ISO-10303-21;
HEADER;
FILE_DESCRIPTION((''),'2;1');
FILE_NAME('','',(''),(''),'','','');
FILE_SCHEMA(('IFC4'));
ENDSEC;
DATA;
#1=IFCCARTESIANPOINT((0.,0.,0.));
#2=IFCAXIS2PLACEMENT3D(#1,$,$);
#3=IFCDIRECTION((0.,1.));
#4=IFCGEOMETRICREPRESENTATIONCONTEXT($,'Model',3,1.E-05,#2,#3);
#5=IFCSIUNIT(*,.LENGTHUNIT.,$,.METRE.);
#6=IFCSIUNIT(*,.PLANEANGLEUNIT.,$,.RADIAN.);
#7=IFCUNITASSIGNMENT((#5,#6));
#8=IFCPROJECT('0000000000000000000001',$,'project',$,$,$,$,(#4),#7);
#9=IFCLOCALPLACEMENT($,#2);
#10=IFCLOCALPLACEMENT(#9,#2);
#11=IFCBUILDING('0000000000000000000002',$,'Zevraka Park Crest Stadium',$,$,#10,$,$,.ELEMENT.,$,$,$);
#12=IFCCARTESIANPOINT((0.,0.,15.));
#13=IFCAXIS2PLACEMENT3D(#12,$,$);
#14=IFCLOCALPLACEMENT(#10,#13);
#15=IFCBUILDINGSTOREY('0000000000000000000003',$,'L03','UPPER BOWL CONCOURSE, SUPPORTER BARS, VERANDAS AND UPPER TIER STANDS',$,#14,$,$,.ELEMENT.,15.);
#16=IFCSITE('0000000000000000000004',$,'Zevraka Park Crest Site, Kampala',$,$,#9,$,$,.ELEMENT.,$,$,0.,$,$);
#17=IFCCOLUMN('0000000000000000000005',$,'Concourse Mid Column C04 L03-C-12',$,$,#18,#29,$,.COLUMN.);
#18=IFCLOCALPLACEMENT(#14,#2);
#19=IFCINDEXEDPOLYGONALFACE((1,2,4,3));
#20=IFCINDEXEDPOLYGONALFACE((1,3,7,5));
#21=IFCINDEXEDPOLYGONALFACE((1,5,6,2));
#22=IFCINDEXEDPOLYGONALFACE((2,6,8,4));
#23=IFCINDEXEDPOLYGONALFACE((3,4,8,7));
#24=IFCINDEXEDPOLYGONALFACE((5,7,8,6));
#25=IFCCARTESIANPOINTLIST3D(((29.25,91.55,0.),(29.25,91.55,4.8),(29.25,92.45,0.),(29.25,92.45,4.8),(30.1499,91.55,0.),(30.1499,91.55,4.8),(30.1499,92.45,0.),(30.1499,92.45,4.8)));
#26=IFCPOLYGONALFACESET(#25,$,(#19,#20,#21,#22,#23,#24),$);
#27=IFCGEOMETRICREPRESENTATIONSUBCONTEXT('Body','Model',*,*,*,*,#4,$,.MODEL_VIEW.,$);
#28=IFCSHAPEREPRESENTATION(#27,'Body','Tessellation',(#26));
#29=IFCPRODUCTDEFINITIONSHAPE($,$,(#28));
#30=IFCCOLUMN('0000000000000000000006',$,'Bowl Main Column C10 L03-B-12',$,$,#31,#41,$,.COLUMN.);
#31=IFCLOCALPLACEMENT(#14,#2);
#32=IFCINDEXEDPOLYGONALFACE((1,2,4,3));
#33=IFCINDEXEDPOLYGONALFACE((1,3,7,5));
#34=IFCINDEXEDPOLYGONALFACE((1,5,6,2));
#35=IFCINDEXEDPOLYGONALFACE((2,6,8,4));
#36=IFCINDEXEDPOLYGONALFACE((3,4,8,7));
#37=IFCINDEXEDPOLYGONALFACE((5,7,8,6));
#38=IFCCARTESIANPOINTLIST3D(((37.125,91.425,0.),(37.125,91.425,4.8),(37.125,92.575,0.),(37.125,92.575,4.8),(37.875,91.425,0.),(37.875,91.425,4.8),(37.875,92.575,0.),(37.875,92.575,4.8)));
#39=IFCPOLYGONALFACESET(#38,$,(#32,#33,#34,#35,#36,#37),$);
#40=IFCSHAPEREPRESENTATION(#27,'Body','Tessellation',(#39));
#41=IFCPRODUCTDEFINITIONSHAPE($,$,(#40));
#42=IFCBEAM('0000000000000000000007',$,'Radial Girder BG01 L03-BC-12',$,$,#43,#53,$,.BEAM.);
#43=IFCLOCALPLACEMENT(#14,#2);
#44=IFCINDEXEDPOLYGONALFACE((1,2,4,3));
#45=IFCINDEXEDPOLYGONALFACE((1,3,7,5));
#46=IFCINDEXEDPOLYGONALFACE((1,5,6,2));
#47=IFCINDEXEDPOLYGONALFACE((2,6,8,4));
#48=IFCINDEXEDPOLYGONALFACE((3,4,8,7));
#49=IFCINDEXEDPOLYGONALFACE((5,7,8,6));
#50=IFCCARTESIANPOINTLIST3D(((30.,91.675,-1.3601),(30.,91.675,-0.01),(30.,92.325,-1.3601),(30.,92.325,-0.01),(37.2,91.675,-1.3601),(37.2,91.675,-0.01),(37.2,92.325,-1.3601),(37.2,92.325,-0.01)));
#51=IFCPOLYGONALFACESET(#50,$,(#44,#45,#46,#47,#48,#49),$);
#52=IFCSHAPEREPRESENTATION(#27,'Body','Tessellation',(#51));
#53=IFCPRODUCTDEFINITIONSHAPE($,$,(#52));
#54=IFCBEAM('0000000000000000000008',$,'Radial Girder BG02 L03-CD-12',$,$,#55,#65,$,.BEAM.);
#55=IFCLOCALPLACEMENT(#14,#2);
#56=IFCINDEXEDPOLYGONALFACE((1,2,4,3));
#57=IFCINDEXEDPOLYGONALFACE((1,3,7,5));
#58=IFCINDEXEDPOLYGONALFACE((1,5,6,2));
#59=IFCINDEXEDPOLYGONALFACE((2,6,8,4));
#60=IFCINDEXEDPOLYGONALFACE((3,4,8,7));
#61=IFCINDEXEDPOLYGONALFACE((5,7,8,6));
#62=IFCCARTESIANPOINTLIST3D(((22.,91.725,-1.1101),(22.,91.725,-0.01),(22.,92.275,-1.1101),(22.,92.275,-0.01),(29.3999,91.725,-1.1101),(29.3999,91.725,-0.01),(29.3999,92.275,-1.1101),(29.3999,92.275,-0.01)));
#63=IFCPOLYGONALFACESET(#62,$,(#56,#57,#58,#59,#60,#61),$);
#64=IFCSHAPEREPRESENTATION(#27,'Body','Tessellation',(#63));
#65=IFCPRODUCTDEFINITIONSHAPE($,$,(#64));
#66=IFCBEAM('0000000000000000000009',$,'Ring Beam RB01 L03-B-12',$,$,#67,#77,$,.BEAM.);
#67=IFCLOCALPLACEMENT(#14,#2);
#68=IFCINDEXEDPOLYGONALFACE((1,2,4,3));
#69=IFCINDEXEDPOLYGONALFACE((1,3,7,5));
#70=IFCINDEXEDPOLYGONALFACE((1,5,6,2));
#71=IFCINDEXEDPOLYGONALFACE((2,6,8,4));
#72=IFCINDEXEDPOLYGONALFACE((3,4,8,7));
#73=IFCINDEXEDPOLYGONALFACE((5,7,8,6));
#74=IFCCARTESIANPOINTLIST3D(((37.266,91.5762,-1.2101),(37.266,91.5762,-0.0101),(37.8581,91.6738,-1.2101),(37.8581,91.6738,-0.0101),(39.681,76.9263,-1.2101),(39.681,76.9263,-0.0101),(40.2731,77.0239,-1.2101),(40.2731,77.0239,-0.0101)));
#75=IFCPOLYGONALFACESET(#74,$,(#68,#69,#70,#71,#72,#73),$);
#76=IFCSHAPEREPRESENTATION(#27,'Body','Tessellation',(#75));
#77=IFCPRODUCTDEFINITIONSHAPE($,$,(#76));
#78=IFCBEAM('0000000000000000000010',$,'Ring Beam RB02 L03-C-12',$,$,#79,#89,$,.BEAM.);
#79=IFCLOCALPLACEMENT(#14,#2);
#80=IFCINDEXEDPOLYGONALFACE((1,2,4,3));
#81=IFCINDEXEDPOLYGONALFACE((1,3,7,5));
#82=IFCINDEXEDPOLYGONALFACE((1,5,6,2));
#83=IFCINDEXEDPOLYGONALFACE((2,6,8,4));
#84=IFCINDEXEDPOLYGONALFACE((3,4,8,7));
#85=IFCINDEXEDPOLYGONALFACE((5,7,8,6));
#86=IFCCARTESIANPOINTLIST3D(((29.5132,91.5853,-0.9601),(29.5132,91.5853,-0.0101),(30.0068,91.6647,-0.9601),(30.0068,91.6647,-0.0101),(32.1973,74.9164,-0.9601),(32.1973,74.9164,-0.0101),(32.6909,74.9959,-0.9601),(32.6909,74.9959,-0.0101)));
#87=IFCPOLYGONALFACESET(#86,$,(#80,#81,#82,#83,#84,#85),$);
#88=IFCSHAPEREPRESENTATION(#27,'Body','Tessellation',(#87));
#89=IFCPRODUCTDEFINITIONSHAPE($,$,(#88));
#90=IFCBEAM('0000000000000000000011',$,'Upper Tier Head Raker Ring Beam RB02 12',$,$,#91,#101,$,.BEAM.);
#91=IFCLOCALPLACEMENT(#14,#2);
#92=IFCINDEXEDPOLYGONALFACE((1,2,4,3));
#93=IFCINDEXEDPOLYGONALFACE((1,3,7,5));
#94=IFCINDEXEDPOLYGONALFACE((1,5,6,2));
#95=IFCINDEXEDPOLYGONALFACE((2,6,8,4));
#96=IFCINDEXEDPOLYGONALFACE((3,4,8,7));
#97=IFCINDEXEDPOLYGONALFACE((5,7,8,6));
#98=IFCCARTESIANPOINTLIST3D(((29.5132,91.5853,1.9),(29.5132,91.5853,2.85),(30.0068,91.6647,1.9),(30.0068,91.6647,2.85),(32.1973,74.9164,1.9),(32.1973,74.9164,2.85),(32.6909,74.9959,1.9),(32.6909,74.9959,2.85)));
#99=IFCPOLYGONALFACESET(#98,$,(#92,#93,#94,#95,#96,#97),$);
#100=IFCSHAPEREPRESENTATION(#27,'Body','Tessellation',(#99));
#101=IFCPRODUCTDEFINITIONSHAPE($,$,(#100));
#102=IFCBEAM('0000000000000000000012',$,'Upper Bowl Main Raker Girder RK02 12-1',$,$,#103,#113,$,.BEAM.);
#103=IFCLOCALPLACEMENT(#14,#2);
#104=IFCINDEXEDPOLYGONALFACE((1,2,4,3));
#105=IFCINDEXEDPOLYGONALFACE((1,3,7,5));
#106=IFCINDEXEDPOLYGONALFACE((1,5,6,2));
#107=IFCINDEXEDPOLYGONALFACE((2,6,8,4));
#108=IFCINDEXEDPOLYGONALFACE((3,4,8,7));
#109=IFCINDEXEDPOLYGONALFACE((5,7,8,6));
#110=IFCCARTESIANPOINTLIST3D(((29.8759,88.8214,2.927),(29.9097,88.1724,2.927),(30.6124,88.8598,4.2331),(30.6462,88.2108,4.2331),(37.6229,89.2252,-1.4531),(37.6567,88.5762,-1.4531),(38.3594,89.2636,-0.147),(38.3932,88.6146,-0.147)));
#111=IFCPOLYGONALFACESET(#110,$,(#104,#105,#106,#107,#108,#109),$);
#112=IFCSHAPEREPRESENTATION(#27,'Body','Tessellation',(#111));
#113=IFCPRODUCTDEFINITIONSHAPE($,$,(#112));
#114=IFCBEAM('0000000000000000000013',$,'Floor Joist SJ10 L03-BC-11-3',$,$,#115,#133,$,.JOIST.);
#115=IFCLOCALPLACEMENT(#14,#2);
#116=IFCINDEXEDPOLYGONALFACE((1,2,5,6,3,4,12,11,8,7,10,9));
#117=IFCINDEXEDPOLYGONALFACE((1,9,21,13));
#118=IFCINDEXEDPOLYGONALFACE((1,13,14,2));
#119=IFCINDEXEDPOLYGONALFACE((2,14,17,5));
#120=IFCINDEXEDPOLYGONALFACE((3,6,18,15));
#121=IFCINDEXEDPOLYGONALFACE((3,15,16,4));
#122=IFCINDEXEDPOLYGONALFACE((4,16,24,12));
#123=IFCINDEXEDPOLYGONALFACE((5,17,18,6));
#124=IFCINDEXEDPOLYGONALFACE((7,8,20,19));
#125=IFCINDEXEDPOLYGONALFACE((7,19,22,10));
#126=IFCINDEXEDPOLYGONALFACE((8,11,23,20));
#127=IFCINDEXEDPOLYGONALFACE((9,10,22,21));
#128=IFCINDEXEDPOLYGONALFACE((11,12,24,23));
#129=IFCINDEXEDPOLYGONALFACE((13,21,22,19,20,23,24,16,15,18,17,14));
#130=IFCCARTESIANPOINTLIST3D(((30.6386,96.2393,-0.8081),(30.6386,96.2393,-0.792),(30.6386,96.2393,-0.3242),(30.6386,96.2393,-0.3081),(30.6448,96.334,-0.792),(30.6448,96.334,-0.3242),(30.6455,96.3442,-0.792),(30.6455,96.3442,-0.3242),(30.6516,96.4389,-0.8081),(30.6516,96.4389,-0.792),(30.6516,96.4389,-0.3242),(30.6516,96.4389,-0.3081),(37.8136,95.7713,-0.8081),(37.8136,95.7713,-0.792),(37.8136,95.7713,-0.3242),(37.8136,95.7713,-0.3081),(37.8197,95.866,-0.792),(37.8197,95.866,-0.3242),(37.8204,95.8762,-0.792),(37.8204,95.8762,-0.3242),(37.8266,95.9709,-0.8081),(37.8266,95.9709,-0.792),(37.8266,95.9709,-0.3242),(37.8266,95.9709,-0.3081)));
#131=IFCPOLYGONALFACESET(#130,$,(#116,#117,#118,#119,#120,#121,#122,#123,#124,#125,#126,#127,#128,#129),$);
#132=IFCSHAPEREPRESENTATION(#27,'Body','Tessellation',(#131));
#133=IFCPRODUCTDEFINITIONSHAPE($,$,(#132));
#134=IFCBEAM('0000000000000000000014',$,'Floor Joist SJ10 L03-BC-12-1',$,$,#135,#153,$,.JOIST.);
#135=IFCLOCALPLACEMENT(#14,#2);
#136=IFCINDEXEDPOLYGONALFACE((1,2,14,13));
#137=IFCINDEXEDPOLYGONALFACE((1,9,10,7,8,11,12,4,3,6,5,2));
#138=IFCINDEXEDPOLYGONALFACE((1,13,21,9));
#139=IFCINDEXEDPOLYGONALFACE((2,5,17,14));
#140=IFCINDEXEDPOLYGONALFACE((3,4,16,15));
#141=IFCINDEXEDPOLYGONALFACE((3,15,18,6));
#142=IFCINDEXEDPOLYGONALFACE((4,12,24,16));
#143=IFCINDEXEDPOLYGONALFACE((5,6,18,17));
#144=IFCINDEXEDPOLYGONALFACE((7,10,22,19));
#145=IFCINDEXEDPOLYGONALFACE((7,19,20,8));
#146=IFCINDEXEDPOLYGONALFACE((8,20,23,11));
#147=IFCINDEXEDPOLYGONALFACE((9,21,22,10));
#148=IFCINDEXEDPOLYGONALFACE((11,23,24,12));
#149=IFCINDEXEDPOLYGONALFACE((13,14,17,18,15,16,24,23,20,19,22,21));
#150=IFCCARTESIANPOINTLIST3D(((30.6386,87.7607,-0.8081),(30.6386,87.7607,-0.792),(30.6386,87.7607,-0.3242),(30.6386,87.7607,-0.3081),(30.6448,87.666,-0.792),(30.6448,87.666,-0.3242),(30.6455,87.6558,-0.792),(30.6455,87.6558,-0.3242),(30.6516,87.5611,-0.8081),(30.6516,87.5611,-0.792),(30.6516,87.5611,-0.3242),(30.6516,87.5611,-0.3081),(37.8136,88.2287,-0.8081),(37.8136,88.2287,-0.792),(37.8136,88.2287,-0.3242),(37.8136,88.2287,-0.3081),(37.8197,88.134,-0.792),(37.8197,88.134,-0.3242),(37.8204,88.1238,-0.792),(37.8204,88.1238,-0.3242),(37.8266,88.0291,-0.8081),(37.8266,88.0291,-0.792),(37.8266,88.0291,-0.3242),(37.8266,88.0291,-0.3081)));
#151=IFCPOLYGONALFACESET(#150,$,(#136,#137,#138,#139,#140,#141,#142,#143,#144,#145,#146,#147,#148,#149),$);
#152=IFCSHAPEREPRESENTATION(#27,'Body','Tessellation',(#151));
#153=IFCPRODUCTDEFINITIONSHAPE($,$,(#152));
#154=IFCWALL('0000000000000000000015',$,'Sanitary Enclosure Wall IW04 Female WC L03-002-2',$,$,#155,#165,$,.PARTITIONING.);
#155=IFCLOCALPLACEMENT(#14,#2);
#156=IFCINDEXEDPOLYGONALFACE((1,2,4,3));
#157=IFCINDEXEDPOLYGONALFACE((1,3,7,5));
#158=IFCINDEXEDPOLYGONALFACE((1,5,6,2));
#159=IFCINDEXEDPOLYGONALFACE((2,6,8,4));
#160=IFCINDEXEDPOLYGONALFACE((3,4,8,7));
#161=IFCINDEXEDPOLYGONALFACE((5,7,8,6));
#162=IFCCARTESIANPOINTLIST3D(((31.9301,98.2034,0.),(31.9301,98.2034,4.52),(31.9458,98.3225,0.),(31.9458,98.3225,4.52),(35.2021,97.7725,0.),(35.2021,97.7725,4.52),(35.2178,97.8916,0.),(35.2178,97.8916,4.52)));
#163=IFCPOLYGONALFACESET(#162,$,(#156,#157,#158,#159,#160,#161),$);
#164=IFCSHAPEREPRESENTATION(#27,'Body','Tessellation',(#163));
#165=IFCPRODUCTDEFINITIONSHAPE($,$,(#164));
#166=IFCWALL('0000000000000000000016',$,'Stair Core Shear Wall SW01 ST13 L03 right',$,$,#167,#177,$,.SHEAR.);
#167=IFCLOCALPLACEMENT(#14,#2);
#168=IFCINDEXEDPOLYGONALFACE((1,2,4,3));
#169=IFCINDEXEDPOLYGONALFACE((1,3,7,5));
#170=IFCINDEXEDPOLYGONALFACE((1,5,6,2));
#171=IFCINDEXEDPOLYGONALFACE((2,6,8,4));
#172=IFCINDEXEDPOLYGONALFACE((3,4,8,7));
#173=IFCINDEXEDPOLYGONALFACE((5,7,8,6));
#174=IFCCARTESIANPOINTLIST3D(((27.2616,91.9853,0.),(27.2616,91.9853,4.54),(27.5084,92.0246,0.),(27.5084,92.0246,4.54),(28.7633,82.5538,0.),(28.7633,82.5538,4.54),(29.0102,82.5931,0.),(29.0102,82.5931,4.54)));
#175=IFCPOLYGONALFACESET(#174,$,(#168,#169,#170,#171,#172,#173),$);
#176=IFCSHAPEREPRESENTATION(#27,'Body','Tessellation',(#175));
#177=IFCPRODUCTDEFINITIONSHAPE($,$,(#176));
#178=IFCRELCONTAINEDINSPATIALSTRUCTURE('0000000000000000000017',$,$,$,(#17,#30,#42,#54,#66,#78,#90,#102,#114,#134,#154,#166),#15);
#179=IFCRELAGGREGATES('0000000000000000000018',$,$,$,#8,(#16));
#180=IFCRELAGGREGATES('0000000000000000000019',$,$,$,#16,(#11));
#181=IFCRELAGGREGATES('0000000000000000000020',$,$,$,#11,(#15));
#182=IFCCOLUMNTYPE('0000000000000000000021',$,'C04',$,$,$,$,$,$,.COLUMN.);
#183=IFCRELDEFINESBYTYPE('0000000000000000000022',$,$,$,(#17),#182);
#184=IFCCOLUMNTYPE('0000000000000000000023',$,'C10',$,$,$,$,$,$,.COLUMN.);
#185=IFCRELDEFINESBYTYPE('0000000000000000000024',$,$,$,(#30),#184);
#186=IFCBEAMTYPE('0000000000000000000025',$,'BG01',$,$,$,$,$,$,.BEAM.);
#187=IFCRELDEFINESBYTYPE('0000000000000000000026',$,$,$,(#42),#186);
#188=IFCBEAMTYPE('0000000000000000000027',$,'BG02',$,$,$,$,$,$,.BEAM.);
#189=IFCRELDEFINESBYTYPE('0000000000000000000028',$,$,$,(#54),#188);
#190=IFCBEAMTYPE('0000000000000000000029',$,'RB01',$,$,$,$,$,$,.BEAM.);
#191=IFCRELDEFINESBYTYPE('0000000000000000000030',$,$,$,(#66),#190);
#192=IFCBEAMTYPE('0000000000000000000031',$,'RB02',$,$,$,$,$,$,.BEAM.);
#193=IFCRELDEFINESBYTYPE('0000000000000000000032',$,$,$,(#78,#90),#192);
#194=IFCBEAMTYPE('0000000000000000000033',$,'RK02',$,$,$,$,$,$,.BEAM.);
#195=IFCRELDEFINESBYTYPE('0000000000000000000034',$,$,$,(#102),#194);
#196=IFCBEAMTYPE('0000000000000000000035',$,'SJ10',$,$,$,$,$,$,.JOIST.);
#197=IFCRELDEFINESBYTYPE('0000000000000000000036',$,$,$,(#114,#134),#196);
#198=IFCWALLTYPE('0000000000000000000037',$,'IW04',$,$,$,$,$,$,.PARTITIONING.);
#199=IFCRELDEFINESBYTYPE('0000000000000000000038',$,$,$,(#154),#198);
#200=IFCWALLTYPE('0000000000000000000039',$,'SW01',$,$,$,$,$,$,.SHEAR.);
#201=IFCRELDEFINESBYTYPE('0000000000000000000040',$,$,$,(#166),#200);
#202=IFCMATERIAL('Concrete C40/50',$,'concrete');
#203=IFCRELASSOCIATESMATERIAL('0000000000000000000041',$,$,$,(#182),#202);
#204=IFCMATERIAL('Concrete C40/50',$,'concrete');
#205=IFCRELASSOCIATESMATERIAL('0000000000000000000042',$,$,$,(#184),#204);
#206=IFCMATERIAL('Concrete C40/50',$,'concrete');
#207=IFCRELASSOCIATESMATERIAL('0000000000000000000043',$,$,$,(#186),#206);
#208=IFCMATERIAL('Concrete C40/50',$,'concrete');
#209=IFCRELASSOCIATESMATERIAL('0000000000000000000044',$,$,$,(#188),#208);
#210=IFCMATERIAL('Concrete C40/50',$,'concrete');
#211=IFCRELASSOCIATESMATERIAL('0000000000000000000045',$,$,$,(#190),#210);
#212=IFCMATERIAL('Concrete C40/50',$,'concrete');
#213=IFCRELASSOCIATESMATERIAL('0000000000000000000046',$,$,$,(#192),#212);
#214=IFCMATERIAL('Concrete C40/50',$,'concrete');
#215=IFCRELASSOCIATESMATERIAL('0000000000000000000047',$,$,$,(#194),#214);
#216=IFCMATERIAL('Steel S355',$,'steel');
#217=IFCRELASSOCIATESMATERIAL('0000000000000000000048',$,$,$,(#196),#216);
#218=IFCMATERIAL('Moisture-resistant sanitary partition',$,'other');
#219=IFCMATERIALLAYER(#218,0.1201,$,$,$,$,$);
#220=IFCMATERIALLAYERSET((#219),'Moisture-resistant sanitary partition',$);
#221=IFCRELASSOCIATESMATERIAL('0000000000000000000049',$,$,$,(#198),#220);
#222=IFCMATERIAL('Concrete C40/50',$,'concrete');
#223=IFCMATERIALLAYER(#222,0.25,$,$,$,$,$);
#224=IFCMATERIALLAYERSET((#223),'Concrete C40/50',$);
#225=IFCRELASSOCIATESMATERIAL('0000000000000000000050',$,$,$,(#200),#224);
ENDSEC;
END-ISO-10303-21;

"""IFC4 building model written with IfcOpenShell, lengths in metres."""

from ifc_helpers import new_model, si_unit, direction, frame, frame_2d, origin, origin_2d, place, context, subcontext, project, spatial, rectangle, i_section, extrude, material, layer, layer_set, material_profile, profile_set, type_object, element, save


model = new_model("IFC4")

# Units and contexts
model_context = context("Model", 3, precision=1e-05, world=origin(), true_north=direction((0.0, 1.0)))
body_context = subcontext(model_context, "Body", "Model", "MODEL_VIEW")
ifc_project = project(units=[si_unit("LENGTHUNIT", "METRE"), si_unit("PLANEANGLEUNIT", "RADIAN")], contexts=[model_context])

# Site, building, storey
site_placement = place(None, origin())
site = spatial("IfcSite", under=ifc_project, at=site_placement, Name="Zevraka Park Crest Site, Kampala", CompositionType="ELEMENT", RefElevation=0.0)
building_placement = place(site_placement, origin())
building = spatial("IfcBuilding", under=site, at=building_placement, Name="Zevraka Park Crest Stadium", CompositionType="ELEMENT")
storey_placement = place(building_placement, frame((0.0, 0.0, 15.0)))
storey = spatial("IfcBuildingStorey", under=building, at=storey_placement, Name="L03", Description="UPPER BOWL CONCOURSE, SUPPORTER BARS, VERANDAS AND UPPER TIER STANDS", CompositionType="ELEMENT", Elevation=15.0)

# Columns
ifc_material_1 = material(Name="Concrete C40/50", Category="concrete")
ifc_material_profile_1 = material_profile(ifc_material_1, rectangle(XDim=0.8999, YDim=0.8999, at=origin_2d()), Name="RC 900x900")
ifc_profile_set_1 = profile_set([ifc_material_profile_1], Name="Concrete C40/50")
column_type_1 = type_object("IfcColumnType", Name="C04", PredefinedType="COLUMN", material=ifc_profile_set_1)
column_1_placement = place(storey_placement, frame((29.7, 92.0, 0.0), z_axis=(0.0, 0.0, 1.0), x_axis=(1.0, 0.0, 0.0)))
element("IfcColumn", 1, at=column_1_placement, inside=storey, type_object=column_type_1, Name="Concourse Mid Column C04 L03-C-12", PredefinedType="COLUMN", context=body_context, shape_type="SweptSolid", body=[
    extrude(rectangle(XDim=0.8999, YDim=0.8999, at=origin_2d()), origin(), (0.0, 0.0, 1.0), 4.8),
])
ifc_material_2 = material(Name="Concrete C40/50", Category="concrete")
ifc_material_profile_2 = material_profile(ifc_material_2, rectangle(XDim=0.75, YDim=1.1499, at=origin_2d()), Name="RC 1150x750")
ifc_profile_set_2 = profile_set([ifc_material_profile_2], Name="Concrete C40/50")
column_type_2 = type_object("IfcColumnType", Name="C10", PredefinedType="COLUMN", material=ifc_profile_set_2)
column_2_placement = place(storey_placement, frame((37.5, 92.0, 0.0), z_axis=(0.0, 0.0, 1.0), x_axis=(1.0, 0.0, 0.0)))
element("IfcColumn", 2, at=column_2_placement, inside=storey, type_object=column_type_2, Name="Bowl Main Column C10 L03-B-12", PredefinedType="COLUMN", context=body_context, shape_type="SweptSolid", body=[
    extrude(rectangle(XDim=0.75, YDim=1.1499, at=origin_2d()), origin(), (0.0, 0.0, 1.0), 4.8),
])

# Beams
ifc_material_3 = material(Name="Concrete C40/50", Category="concrete")
ifc_material_profile_3 = material_profile(ifc_material_3, rectangle(XDim=0.6499, YDim=1.3501, at=origin_2d()), Name="RC 1350x650")
ifc_profile_set_3 = profile_set([ifc_material_profile_3], Name="Concrete C40/50")
beam_type_1 = type_object("IfcBeamType", Name="BG01", PredefinedType="BEAM", material=ifc_profile_set_3)
beam_1_placement = place(storey_placement, frame((37.2, 92.0, -0.6851), z_axis=(-1.0, 0.0, 0.0), x_axis=(0.0, -1.0, 0.0)))
element("IfcBeam", 3, at=beam_1_placement, inside=storey, type_object=beam_type_1, Name="Radial Girder BG01 L03-BC-12", PredefinedType="BEAM", context=body_context, shape_type="SweptSolid", body=[
    extrude(rectangle(XDim=0.6499, YDim=1.3501, at=origin_2d()), origin(), (0.0, 0.0, 1.0), 7.2),
])
ifc_material_4 = material(Name="Concrete C40/50", Category="concrete")
ifc_material_profile_4 = material_profile(ifc_material_4, rectangle(XDim=0.55, YDim=1.1001, at=origin_2d()), Name="RC 1100x550")
ifc_profile_set_4 = profile_set([ifc_material_profile_4], Name="Concrete C40/50")
beam_type_2 = type_object("IfcBeamType", Name="BG02", PredefinedType="BEAM", material=ifc_profile_set_4)
beam_2_placement = place(storey_placement, frame((29.3999, 92.0, -0.5601), z_axis=(-1.0, 0.0, 0.0), x_axis=(0.0, -1.0, 0.0)))
element("IfcBeam", 4, at=beam_2_placement, inside=storey, type_object=beam_type_2, Name="Radial Girder BG02 L03-CD-12", PredefinedType="BEAM", context=body_context, shape_type="SweptSolid", body=[
    extrude(rectangle(XDim=0.55, YDim=1.1001, at=origin_2d()), origin(), (0.0, 0.0, 1.0), 7.3999),
])
ifc_material_5 = material(Name="Concrete C40/50", Category="concrete")
ifc_material_profile_5 = material_profile(ifc_material_5, rectangle(XDim=0.6001, YDim=1.2, at=origin_2d()), Name="RC 1200x600")
ifc_profile_set_5 = profile_set([ifc_material_profile_5], Name="Concrete C40/50")
beam_type_3 = type_object("IfcBeamType", Name="RB01", PredefinedType="BEAM", material=ifc_profile_set_5)
beam_3_placement = place(storey_placement, frame((37.562, 91.625, -0.6101), z_axis=(0.162655, -0.986683, 0.0), x_axis=(0.986683, 0.162655, 0.0)))
element("IfcBeam", 5, at=beam_3_placement, inside=storey, type_object=beam_type_3, Name="Ring Beam RB01 L03-B-12", PredefinedType="BEAM", context=body_context, shape_type="SweptSolid", body=[
    extrude(rectangle(XDim=0.6001, YDim=1.2, at=origin_2d()), origin(), (0.0, 0.0, 1.0), 14.8477),
])
ifc_material_6 = material(Name="Concrete C40/50", Category="concrete")
ifc_material_profile_6 = material_profile(ifc_material_6, rectangle(XDim=0.5, YDim=0.95, at=origin_2d()), Name="RC 950x500")
ifc_profile_set_6 = profile_set([ifc_material_profile_6], Name="Concrete C40/50")
beam_type_4 = type_object("IfcBeamType", Name="RB02", PredefinedType="BEAM", material=ifc_profile_set_6)
for number, where, z_axis, x_axis, name in (
    (6, (29.76, 91.625, -0.4851), (0.158975, -0.987283, 0.0), (0.987283, 0.158975, 0.0), "Ring Beam RB02 L03-C-12"),
    (7, (29.76, 91.625, 2.375), (0.158975, -0.987283, 0.0), (0.987283, 0.158975, 0.0), "Upper Tier Head Raker Ring Beam RB02 12"),
):
    element("IfcBeam", number, at=place(storey_placement, frame(where, z_axis=z_axis, x_axis=x_axis)), inside=storey, type_object=beam_type_4, Name=name, PredefinedType="BEAM", context=body_context, shape_type="SweptSolid", body=[
        extrude(rectangle(XDim=0.5, YDim=0.95, at=origin_2d()), origin(), (0.0, 0.0, 1.0), 16.8835),
    ])
ifc_material_7 = material(Name="Concrete C40/50", Category="concrete")
ifc_material_profile_7 = material_profile(ifc_material_7, rectangle(XDim=0.6499, YDim=1.5, at=origin_2d()), Name="RC 1500x650")
ifc_profile_set_7 = profile_set([ifc_material_profile_7], Name="Concrete C40/50")
beam_type_5 = type_object("IfcBeamType", Name="RK02", PredefinedType="BEAM", material=ifc_profile_set_7)
beam_4_placement = place(storey_placement, frame((38.0081, 88.9199, -0.8), z_axis=(-0.869603, -0.045327, 0.491666), x_axis=(0.052053, -0.998644, 0.0)))
element("IfcBeam", 8, at=beam_4_placement, inside=storey, type_object=beam_type_5, Name="Upper Bowl Main Raker Girder RK02 12-1", PredefinedType="BEAM", context=body_context, shape_type="SweptSolid", body=[
    extrude(rectangle(XDim=0.6499, YDim=1.5, at=origin_2d()), origin(), (0.0, 0.0, 1.0), 8.9087),
])
ifc_material_8 = material(Name="Steel S355", Category="steel")
ifc_material_profile_8 = material_profile(ifc_material_8, i_section(OverallWidth=0.2, OverallDepth=0.5, WebThickness=0.0103, FlangeThickness=0.0161, at=origin_2d()), Name="IPE 500")
ifc_profile_set_8 = profile_set([ifc_material_profile_8], Name="Steel S355")
beam_type_6 = type_object("IfcBeamType", Name="SJ10", PredefinedType="JOIST", material=ifc_profile_set_8)
for number, where, z_axis, x_axis, name in (
    (9, (37.8201, 95.8711, -0.5581), (-0.997879, 0.06509, 0.0), (-0.06509, -0.997879, 0.0), "Floor Joist SJ10 L03-BC-11-3"),
    (10, (37.8201, 88.1289, -0.5581), (-0.997879, -0.06509, 0.0), (0.06509, -0.997879, 0.0), "Floor Joist SJ10 L03-BC-12-1"),
):
    element("IfcBeam", number, at=place(storey_placement, frame(where, z_axis=z_axis, x_axis=x_axis)), inside=storey, type_object=beam_type_6, Name=name, PredefinedType="JOIST", context=body_context, shape_type="SweptSolid", body=[
        extrude(i_section(OverallWidth=0.2, OverallDepth=0.5, WebThickness=0.0103, FlangeThickness=0.0161, at=origin_2d()), origin(), (0.0, 0.0, 1.0), 7.1902),
    ])

# Walls
ifc_material_9 = material(Name="Moisture-resistant sanitary partition", Category="other")
ifc_layer_1 = layer(ifc_material_9, 0.1201)
ifc_layer_set_1 = layer_set([ifc_layer_1], Name="Moisture-resistant sanitary partition")
wall_type_1 = type_object("IfcWallType", Name="IW04", PredefinedType="PARTITIONING", material=ifc_layer_set_1)
wall_1_placement = place(storey_placement, frame((35.21, 97.832, 0.0), z_axis=(0.0, 0.0, 1.0), x_axis=(-0.991439, 0.130569, 0.0)))
element("IfcWall", 11, at=wall_1_placement, inside=storey, type_object=wall_type_1, Name="Sanitary Enclosure Wall IW04 Female WC L03-002-2", PredefinedType="PARTITIONING", context=body_context, shape_type="SweptSolid", body=[
    extrude(rectangle(XDim=3.3003, YDim=0.1201, at=frame_2d((1.6501, 0.0))), origin(), (0.0, 0.0, 1.0), 4.52),
])
ifc_material_10 = material(Name="Concrete C40/50", Category="concrete")
ifc_layer_2 = layer(ifc_material_10, 0.25)
ifc_layer_set_2 = layer_set([ifc_layer_2], Name="Concrete C40/50")
wall_type_2 = type_object("IfcWallType", Name="SW01", PredefinedType="SHEAR", material=ifc_layer_set_2)
wall_2_placement = place(storey_placement, frame((28.8867, 82.5735, 0.0), z_axis=(0.0, 0.0, 1.0), x_axis=(-0.157244, 0.98756, 0.0)))
element("IfcWall", 12, at=wall_2_placement, inside=storey, type_object=wall_type_2, Name="Stair Core Shear Wall SW01 ST13 L03 right", PredefinedType="SHEAR", context=body_context, shape_type="SweptSolid", body=[
    extrude(rectangle(XDim=9.5503, YDim=0.25, at=frame_2d((4.7751, 0.0))), origin(), (0.0, 0.0, 1.0), 4.54),
])

save(model, "model.ifc")
